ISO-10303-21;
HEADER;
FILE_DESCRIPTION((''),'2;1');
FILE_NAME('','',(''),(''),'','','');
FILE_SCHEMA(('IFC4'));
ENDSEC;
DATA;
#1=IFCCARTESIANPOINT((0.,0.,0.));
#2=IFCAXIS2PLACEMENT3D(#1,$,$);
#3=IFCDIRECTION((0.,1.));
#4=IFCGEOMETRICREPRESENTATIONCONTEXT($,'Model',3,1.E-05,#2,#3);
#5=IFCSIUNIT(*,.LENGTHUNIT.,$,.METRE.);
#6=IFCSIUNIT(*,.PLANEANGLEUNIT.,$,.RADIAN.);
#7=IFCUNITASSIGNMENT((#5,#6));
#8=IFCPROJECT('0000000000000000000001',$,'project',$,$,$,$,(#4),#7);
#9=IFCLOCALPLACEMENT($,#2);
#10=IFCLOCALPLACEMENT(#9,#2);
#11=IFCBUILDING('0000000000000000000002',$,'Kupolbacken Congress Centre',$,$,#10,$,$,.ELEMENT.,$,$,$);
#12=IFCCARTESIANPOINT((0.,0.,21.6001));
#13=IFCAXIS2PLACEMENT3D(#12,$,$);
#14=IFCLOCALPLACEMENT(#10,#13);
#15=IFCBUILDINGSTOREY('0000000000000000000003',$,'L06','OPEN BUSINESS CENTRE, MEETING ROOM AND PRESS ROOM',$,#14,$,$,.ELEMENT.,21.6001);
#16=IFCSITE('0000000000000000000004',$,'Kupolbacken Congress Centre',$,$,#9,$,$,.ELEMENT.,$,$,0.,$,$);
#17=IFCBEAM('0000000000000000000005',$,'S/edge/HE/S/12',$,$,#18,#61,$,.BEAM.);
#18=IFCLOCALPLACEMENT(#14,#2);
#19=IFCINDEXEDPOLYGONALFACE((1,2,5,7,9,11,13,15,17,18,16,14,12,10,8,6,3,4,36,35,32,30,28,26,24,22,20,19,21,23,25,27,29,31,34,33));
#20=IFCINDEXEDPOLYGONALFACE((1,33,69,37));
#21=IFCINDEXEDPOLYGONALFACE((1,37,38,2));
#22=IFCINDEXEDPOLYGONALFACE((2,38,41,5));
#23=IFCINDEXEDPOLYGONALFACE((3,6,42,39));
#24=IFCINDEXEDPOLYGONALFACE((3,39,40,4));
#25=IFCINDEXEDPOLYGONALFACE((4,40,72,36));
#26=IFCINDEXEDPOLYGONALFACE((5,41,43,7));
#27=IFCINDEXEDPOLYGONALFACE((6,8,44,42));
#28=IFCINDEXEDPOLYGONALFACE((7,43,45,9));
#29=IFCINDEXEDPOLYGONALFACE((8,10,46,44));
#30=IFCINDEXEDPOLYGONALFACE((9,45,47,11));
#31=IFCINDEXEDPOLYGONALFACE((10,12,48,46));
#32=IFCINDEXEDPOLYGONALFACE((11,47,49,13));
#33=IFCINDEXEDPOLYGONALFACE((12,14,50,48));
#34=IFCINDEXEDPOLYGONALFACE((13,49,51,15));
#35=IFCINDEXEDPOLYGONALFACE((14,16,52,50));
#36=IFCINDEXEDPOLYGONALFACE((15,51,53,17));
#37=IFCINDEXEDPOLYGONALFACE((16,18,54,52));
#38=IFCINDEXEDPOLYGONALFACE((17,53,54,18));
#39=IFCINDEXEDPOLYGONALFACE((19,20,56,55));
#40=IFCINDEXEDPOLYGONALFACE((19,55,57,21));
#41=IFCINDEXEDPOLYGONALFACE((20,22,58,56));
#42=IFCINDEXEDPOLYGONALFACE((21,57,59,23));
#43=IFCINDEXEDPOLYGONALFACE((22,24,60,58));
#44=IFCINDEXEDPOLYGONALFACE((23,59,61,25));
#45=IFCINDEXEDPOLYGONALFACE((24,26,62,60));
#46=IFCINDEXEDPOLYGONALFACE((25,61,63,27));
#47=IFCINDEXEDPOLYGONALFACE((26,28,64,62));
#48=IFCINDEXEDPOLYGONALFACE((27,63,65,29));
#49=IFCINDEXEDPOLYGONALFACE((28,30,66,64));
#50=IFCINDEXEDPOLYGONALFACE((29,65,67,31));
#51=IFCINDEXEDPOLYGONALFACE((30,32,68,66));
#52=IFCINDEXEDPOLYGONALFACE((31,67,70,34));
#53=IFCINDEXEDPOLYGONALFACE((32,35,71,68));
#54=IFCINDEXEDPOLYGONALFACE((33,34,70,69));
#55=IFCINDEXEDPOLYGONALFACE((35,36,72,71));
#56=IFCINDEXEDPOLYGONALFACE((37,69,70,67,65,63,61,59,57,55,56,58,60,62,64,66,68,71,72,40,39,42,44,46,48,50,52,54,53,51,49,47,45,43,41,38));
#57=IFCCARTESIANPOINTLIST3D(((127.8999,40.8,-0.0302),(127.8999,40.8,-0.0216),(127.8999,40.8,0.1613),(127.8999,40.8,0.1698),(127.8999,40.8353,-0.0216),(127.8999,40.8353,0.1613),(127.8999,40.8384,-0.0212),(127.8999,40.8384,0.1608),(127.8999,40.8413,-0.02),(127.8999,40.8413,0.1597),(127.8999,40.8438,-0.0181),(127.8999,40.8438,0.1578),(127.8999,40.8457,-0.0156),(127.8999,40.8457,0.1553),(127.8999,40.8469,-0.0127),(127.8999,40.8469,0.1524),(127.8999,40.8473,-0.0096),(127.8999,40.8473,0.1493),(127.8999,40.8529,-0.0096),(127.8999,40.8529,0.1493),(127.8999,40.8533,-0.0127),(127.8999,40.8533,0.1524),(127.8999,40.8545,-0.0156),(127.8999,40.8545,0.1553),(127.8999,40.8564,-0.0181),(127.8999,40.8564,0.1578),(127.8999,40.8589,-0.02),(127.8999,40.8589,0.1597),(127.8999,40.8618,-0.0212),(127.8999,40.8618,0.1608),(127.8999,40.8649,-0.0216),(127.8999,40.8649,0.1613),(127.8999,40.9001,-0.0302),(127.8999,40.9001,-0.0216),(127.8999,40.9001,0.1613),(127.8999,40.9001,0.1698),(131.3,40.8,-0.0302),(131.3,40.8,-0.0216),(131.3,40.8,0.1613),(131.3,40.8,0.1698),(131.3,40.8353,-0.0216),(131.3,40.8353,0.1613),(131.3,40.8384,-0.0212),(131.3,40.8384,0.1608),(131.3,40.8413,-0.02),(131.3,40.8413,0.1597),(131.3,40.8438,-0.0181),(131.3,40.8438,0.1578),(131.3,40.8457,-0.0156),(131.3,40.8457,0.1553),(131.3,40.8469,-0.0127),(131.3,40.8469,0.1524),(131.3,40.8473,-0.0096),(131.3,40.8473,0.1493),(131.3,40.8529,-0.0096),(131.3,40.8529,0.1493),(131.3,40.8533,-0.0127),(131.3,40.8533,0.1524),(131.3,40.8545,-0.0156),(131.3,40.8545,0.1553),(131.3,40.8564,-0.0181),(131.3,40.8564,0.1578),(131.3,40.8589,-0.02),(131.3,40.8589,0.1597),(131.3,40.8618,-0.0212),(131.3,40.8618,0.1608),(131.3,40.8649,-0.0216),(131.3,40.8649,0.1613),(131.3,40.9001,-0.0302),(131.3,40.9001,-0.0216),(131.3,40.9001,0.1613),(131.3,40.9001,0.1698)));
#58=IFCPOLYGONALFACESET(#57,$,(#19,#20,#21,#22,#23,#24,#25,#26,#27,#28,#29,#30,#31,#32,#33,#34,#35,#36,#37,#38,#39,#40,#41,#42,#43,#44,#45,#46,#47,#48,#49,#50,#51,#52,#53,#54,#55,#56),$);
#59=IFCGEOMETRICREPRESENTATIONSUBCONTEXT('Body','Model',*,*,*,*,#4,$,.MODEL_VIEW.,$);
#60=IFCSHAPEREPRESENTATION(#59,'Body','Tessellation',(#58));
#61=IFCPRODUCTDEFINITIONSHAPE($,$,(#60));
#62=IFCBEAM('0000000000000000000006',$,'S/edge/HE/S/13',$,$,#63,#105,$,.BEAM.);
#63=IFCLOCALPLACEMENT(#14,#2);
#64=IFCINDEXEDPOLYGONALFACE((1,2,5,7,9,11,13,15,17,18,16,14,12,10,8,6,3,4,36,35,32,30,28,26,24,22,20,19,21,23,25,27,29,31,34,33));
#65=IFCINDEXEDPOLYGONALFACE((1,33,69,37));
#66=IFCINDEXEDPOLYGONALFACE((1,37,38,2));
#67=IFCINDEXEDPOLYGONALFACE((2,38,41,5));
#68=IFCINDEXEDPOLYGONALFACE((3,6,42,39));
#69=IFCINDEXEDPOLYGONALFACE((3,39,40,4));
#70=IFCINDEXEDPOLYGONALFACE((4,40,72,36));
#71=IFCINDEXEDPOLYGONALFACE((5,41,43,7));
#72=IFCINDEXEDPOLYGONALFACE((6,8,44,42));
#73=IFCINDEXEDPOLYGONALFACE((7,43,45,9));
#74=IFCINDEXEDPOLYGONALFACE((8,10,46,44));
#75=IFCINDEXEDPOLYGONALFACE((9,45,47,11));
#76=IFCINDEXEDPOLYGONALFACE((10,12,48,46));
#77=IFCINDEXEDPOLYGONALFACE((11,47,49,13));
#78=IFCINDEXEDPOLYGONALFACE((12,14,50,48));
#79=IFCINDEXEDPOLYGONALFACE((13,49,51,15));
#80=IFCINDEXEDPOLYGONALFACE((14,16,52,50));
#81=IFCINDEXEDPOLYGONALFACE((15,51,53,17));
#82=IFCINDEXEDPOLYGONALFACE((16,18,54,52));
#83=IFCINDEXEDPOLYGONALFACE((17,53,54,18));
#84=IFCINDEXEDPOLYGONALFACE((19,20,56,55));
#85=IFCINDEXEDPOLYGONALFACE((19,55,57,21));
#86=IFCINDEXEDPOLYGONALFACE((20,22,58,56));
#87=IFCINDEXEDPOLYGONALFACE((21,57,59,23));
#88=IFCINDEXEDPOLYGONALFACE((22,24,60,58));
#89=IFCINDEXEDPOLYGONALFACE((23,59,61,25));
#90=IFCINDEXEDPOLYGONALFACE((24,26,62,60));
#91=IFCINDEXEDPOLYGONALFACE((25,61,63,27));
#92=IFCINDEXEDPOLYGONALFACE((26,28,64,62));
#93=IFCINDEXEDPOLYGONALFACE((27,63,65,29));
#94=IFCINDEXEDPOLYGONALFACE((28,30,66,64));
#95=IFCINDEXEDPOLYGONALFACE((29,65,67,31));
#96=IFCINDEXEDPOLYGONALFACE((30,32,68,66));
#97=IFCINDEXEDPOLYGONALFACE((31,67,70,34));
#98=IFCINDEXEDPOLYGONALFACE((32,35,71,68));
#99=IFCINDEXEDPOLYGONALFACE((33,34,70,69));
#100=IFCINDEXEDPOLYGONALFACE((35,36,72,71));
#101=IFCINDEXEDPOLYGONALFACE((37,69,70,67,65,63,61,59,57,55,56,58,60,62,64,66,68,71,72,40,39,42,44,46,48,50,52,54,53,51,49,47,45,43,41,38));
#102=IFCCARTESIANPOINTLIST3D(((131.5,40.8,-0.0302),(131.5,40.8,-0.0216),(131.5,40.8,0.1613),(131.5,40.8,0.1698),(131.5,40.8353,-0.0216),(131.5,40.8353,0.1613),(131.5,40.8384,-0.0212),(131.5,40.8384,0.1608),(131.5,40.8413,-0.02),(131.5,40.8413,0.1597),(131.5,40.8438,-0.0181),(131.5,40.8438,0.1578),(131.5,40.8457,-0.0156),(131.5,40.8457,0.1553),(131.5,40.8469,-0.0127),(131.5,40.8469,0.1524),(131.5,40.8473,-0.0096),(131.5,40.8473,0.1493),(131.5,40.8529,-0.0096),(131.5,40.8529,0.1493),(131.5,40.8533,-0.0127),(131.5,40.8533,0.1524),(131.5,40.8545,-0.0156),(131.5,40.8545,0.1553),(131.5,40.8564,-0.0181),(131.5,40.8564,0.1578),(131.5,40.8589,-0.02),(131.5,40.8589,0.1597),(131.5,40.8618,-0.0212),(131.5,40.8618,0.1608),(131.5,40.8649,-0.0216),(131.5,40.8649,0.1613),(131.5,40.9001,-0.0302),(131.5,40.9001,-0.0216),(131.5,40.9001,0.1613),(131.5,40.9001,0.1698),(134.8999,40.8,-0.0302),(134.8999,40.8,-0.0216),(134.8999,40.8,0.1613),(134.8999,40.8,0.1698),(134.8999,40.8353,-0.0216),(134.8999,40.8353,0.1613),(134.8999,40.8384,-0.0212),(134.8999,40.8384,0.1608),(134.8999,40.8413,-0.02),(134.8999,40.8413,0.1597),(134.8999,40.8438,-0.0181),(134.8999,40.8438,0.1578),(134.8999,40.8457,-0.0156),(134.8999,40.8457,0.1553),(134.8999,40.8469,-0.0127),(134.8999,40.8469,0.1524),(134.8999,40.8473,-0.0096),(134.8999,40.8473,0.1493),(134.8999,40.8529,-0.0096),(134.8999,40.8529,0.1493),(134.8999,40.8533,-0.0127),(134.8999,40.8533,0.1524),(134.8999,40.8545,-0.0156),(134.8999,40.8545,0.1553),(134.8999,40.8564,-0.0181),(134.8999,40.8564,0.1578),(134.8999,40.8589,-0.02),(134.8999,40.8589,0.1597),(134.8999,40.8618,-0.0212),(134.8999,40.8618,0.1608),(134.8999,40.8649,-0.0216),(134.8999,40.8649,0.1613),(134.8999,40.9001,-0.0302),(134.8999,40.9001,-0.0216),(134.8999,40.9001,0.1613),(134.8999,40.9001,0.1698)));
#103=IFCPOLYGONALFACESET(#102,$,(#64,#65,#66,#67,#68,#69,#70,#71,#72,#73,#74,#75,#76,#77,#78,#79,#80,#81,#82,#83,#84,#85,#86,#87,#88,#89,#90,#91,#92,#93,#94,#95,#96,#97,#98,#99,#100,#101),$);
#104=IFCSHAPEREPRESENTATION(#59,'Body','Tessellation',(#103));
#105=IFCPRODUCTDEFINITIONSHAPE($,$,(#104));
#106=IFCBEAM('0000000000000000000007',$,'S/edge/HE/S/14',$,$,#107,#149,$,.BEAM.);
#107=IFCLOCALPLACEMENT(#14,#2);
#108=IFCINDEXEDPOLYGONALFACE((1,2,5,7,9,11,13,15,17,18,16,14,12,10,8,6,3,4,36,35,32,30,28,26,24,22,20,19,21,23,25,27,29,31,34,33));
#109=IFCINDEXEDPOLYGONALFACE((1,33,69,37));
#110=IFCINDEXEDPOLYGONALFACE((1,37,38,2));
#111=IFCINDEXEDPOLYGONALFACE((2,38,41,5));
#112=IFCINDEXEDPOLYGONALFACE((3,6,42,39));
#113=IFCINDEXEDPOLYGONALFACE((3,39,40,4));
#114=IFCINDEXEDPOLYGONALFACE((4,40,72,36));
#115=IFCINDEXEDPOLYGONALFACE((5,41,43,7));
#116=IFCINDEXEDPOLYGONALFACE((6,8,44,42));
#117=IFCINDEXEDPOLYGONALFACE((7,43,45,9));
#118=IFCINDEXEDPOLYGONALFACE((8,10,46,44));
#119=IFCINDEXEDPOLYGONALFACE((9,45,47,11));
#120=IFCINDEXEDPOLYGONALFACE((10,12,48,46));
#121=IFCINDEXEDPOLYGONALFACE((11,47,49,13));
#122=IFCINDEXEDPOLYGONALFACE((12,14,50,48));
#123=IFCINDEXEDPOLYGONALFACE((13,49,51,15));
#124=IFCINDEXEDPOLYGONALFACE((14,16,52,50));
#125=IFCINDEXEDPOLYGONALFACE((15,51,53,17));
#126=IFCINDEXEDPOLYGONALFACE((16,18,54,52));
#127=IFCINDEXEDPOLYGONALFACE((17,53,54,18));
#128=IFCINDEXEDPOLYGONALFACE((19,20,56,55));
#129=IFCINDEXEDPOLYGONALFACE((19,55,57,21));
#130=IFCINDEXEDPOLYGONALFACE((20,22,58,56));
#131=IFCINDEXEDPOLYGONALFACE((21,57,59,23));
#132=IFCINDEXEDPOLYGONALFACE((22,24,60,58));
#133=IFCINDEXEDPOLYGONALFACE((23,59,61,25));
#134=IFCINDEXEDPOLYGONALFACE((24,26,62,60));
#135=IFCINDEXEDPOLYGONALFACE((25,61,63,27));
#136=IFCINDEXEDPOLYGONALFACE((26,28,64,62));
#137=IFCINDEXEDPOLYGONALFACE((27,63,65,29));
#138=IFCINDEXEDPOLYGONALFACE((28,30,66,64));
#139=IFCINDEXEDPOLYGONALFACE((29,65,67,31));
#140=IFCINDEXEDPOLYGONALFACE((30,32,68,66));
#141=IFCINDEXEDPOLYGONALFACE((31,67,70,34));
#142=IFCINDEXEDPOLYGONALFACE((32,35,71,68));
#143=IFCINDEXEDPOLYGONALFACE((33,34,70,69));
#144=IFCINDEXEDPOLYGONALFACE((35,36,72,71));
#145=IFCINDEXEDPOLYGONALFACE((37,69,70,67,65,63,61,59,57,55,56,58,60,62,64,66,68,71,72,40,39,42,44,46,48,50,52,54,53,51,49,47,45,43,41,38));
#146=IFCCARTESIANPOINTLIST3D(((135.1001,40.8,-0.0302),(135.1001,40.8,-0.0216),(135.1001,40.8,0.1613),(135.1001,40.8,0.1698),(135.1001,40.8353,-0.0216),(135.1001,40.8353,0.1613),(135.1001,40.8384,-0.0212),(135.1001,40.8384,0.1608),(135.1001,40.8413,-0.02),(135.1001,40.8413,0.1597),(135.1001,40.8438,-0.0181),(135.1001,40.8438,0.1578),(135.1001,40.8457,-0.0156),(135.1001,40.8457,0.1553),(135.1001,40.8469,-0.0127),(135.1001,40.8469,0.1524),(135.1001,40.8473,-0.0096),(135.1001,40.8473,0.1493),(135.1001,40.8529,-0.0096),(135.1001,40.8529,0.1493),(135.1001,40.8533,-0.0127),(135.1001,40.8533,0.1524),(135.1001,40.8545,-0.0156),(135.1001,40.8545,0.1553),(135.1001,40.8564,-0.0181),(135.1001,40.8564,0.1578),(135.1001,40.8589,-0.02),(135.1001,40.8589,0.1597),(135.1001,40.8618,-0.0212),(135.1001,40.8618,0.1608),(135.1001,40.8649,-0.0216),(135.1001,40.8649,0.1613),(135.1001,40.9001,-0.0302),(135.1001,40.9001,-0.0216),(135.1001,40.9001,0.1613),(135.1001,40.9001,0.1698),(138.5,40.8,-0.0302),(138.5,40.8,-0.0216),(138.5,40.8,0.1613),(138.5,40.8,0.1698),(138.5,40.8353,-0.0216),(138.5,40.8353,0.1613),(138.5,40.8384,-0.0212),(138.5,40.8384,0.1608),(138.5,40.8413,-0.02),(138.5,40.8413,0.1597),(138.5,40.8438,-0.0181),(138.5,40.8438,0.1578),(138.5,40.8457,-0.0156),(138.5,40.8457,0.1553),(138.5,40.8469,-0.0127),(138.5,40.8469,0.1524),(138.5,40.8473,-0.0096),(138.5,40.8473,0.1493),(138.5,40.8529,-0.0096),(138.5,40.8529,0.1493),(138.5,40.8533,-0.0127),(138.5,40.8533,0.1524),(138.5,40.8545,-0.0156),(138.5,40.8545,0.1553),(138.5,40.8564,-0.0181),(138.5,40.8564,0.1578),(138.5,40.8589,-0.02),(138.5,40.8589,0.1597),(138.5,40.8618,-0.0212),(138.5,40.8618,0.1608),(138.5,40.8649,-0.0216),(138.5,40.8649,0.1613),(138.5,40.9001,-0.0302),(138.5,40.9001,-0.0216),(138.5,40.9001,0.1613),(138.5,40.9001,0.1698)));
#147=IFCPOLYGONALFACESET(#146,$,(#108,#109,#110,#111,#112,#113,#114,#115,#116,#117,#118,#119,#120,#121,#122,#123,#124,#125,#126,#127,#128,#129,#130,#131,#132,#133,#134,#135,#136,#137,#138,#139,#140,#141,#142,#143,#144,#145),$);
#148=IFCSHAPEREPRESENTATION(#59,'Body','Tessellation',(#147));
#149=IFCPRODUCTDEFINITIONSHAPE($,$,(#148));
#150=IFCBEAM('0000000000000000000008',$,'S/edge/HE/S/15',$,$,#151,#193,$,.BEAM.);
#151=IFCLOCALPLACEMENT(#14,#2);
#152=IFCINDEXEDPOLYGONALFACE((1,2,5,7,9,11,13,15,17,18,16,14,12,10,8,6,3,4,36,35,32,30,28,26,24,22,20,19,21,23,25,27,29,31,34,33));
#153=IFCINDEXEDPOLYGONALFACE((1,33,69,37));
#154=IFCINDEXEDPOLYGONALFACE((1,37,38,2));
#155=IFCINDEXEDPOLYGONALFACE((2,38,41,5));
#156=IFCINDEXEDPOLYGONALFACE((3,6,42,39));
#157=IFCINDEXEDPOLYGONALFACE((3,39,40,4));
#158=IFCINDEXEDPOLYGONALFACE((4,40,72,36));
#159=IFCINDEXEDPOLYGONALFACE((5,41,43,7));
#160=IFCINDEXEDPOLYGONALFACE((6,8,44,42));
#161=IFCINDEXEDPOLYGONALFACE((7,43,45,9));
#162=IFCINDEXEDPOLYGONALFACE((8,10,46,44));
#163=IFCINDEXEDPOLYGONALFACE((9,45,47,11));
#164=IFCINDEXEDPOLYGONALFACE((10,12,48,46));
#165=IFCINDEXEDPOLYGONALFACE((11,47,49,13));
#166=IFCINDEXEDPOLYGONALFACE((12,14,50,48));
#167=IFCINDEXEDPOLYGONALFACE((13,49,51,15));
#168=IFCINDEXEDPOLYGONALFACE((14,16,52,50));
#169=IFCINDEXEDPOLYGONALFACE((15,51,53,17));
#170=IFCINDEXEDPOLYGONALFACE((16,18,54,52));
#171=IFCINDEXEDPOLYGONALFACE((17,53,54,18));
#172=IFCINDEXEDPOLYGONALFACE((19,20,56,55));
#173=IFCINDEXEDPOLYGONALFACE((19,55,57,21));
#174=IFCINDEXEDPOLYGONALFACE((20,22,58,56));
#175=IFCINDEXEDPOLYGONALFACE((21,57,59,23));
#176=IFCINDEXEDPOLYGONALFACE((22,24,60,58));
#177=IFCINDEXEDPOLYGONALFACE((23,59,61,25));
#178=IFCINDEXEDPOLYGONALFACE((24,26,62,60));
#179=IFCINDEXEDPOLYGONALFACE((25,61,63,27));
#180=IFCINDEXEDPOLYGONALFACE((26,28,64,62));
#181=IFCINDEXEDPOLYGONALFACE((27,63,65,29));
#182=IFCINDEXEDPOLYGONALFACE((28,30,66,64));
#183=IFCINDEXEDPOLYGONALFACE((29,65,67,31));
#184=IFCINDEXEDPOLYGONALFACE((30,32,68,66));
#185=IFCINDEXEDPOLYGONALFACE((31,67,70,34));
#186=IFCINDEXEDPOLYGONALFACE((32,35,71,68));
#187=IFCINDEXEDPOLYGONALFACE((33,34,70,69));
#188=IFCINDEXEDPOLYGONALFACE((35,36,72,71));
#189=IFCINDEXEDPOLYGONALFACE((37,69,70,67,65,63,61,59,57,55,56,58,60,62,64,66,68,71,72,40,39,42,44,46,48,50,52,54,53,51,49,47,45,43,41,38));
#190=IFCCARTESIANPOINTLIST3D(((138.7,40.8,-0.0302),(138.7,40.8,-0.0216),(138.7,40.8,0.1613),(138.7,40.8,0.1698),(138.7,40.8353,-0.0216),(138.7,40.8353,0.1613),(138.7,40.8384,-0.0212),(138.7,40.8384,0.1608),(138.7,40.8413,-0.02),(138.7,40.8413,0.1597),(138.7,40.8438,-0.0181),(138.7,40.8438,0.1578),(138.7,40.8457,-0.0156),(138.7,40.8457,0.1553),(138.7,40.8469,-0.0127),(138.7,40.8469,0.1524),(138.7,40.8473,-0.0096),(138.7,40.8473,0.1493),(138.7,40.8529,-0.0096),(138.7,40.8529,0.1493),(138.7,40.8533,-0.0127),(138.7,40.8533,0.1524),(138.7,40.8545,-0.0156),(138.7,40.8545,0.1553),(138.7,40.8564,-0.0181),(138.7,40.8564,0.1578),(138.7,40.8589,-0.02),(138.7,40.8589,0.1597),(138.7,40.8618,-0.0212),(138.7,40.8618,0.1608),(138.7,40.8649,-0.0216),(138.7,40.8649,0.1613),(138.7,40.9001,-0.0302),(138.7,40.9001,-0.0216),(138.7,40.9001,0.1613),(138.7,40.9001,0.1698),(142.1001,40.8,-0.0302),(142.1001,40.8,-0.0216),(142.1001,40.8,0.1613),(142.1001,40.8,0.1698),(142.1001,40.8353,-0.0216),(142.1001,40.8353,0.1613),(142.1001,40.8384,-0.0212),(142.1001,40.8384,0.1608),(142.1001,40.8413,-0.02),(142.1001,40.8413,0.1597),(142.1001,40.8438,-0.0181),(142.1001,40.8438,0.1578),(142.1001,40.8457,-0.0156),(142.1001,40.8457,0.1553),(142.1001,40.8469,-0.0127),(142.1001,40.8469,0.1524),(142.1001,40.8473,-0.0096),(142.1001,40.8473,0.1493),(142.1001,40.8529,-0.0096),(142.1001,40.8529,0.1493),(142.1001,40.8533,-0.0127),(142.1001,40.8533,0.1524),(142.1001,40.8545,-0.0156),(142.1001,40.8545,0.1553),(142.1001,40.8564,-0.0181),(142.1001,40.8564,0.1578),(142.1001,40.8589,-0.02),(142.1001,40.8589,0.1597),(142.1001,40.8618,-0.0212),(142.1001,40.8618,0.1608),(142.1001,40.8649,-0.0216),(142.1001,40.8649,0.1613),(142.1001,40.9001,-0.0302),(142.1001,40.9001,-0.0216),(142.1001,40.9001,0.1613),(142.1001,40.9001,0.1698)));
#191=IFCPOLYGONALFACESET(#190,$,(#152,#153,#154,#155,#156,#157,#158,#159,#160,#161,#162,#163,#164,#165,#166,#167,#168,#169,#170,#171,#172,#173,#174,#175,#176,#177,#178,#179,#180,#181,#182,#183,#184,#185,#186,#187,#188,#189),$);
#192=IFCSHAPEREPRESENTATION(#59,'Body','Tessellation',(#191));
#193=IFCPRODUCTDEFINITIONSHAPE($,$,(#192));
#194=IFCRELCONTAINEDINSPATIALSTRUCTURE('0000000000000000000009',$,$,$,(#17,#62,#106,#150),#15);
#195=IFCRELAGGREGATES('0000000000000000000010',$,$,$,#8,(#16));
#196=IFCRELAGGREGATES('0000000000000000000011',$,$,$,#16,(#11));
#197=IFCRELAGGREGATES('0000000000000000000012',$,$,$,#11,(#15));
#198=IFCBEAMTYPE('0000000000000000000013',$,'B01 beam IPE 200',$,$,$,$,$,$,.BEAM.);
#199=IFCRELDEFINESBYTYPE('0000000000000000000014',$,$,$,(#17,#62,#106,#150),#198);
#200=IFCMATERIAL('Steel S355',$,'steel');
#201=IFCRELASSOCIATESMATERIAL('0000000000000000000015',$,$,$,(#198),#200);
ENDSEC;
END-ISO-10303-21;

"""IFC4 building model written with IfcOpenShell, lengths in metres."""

from ifc_helpers import new_model, si_unit, direction, frame, origin, origin_2d, place, context, subcontext, project, spatial, i_section, extrude, material, material_profile, profile_set, type_object, element, save


model = new_model("IFC4")

# Units and contexts
model_context = context("Model", 3, precision=1e-05, world=origin(), true_north=direction((0.0, 1.0)))
body_context = subcontext(model_context, "Body", "Model", "MODEL_VIEW")
ifc_project = project(units=[si_unit("LENGTHUNIT", "METRE"), si_unit("PLANEANGLEUNIT", "RADIAN")], contexts=[model_context])

# Site, building, storey
site_placement = place(None, origin())
site = spatial("IfcSite", under=ifc_project, at=site_placement, Name="Kupolbacken Congress Centre", CompositionType="ELEMENT", RefElevation=0.0)
building_placement = place(site_placement, origin())
building = spatial("IfcBuilding", under=site, at=building_placement, Name="Kupolbacken Congress Centre", CompositionType="ELEMENT")
storey_placement = place(building_placement, frame((0.0, 0.0, 21.6001)))
storey = spatial("IfcBuildingStorey", under=building, at=storey_placement, Name="L06", Description="OPEN BUSINESS CENTRE, MEETING ROOM AND PRESS ROOM", CompositionType="ELEMENT", Elevation=21.6001)

# Beams
ifc_material_1 = material(Name="Steel S355", Category="steel")
ifc_material_profile_1 = material_profile(ifc_material_1, i_section(OverallWidth=0.1001, OverallDepth=0.2, WebThickness=0.0056, FlangeThickness=0.0085, FilletRadius=0.012, at=origin_2d()), Name="IPE 200")
ifc_profile_set_1 = profile_set([ifc_material_profile_1], Name="Steel S355")
beam_type_1 = type_object("IfcBeamType", Name="B01 beam IPE 200", PredefinedType="BEAM", material=ifc_profile_set_1)
beam_1_placement = place(storey_placement, frame((127.8999, 40.8501, 0.0698), z_axis=(1.0, 0.0, 0.0), x_axis=(0.0, 1.0, 0.0)))
element("IfcBeam", 1, at=beam_1_placement, inside=storey, type_object=beam_type_1, Name="S/edge/HE/S/12", PredefinedType="BEAM", context=body_context, shape_type="SweptSolid", body=[
    extrude(i_section(OverallWidth=0.1001, OverallDepth=0.2, WebThickness=0.0056, FlangeThickness=0.0085, FilletRadius=0.012, at=origin_2d()), origin(), (0.0, 0.0, 1.0), 3.4001),
])
for number, where, z_axis, x_axis, name in (
    (2, (131.5, 40.8501, 0.0698), (1.0, 0.0, 0.0), (0.0, 1.0, 0.0), "S/edge/HE/S/13"),
    (3, (135.1001, 40.8501, 0.0698), (1.0, 0.0, 0.0), (0.0, 1.0, 0.0), "S/edge/HE/S/14"),
):
    element("IfcBeam", number, at=place(storey_placement, frame(where, z_axis=z_axis, x_axis=x_axis)), inside=storey, type_object=beam_type_1, Name=name, PredefinedType="BEAM", context=body_context, shape_type="SweptSolid", body=[
        extrude(i_section(OverallWidth=0.1001, OverallDepth=0.2, WebThickness=0.0056, FlangeThickness=0.0085, FilletRadius=0.012, at=origin_2d()), origin(), (0.0, 0.0, 1.0), 3.3999),
    ])
beam_2_placement = place(storey_placement, frame((138.7, 40.8501, 0.0698), z_axis=(1.0, 0.0, 0.0), x_axis=(0.0, 1.0, 0.0)))
element("IfcBeam", 4, at=beam_2_placement, inside=storey, type_object=beam_type_1, Name="S/edge/HE/S/15", PredefinedType="BEAM", context=body_context, shape_type="SweptSolid", body=[
    extrude(i_section(OverallWidth=0.1001, OverallDepth=0.2, WebThickness=0.0056, FlangeThickness=0.0085, FilletRadius=0.012, at=origin_2d()), origin(), (0.0, 0.0, 1.0), 3.4001),
])

save(model, "model.ifc")
